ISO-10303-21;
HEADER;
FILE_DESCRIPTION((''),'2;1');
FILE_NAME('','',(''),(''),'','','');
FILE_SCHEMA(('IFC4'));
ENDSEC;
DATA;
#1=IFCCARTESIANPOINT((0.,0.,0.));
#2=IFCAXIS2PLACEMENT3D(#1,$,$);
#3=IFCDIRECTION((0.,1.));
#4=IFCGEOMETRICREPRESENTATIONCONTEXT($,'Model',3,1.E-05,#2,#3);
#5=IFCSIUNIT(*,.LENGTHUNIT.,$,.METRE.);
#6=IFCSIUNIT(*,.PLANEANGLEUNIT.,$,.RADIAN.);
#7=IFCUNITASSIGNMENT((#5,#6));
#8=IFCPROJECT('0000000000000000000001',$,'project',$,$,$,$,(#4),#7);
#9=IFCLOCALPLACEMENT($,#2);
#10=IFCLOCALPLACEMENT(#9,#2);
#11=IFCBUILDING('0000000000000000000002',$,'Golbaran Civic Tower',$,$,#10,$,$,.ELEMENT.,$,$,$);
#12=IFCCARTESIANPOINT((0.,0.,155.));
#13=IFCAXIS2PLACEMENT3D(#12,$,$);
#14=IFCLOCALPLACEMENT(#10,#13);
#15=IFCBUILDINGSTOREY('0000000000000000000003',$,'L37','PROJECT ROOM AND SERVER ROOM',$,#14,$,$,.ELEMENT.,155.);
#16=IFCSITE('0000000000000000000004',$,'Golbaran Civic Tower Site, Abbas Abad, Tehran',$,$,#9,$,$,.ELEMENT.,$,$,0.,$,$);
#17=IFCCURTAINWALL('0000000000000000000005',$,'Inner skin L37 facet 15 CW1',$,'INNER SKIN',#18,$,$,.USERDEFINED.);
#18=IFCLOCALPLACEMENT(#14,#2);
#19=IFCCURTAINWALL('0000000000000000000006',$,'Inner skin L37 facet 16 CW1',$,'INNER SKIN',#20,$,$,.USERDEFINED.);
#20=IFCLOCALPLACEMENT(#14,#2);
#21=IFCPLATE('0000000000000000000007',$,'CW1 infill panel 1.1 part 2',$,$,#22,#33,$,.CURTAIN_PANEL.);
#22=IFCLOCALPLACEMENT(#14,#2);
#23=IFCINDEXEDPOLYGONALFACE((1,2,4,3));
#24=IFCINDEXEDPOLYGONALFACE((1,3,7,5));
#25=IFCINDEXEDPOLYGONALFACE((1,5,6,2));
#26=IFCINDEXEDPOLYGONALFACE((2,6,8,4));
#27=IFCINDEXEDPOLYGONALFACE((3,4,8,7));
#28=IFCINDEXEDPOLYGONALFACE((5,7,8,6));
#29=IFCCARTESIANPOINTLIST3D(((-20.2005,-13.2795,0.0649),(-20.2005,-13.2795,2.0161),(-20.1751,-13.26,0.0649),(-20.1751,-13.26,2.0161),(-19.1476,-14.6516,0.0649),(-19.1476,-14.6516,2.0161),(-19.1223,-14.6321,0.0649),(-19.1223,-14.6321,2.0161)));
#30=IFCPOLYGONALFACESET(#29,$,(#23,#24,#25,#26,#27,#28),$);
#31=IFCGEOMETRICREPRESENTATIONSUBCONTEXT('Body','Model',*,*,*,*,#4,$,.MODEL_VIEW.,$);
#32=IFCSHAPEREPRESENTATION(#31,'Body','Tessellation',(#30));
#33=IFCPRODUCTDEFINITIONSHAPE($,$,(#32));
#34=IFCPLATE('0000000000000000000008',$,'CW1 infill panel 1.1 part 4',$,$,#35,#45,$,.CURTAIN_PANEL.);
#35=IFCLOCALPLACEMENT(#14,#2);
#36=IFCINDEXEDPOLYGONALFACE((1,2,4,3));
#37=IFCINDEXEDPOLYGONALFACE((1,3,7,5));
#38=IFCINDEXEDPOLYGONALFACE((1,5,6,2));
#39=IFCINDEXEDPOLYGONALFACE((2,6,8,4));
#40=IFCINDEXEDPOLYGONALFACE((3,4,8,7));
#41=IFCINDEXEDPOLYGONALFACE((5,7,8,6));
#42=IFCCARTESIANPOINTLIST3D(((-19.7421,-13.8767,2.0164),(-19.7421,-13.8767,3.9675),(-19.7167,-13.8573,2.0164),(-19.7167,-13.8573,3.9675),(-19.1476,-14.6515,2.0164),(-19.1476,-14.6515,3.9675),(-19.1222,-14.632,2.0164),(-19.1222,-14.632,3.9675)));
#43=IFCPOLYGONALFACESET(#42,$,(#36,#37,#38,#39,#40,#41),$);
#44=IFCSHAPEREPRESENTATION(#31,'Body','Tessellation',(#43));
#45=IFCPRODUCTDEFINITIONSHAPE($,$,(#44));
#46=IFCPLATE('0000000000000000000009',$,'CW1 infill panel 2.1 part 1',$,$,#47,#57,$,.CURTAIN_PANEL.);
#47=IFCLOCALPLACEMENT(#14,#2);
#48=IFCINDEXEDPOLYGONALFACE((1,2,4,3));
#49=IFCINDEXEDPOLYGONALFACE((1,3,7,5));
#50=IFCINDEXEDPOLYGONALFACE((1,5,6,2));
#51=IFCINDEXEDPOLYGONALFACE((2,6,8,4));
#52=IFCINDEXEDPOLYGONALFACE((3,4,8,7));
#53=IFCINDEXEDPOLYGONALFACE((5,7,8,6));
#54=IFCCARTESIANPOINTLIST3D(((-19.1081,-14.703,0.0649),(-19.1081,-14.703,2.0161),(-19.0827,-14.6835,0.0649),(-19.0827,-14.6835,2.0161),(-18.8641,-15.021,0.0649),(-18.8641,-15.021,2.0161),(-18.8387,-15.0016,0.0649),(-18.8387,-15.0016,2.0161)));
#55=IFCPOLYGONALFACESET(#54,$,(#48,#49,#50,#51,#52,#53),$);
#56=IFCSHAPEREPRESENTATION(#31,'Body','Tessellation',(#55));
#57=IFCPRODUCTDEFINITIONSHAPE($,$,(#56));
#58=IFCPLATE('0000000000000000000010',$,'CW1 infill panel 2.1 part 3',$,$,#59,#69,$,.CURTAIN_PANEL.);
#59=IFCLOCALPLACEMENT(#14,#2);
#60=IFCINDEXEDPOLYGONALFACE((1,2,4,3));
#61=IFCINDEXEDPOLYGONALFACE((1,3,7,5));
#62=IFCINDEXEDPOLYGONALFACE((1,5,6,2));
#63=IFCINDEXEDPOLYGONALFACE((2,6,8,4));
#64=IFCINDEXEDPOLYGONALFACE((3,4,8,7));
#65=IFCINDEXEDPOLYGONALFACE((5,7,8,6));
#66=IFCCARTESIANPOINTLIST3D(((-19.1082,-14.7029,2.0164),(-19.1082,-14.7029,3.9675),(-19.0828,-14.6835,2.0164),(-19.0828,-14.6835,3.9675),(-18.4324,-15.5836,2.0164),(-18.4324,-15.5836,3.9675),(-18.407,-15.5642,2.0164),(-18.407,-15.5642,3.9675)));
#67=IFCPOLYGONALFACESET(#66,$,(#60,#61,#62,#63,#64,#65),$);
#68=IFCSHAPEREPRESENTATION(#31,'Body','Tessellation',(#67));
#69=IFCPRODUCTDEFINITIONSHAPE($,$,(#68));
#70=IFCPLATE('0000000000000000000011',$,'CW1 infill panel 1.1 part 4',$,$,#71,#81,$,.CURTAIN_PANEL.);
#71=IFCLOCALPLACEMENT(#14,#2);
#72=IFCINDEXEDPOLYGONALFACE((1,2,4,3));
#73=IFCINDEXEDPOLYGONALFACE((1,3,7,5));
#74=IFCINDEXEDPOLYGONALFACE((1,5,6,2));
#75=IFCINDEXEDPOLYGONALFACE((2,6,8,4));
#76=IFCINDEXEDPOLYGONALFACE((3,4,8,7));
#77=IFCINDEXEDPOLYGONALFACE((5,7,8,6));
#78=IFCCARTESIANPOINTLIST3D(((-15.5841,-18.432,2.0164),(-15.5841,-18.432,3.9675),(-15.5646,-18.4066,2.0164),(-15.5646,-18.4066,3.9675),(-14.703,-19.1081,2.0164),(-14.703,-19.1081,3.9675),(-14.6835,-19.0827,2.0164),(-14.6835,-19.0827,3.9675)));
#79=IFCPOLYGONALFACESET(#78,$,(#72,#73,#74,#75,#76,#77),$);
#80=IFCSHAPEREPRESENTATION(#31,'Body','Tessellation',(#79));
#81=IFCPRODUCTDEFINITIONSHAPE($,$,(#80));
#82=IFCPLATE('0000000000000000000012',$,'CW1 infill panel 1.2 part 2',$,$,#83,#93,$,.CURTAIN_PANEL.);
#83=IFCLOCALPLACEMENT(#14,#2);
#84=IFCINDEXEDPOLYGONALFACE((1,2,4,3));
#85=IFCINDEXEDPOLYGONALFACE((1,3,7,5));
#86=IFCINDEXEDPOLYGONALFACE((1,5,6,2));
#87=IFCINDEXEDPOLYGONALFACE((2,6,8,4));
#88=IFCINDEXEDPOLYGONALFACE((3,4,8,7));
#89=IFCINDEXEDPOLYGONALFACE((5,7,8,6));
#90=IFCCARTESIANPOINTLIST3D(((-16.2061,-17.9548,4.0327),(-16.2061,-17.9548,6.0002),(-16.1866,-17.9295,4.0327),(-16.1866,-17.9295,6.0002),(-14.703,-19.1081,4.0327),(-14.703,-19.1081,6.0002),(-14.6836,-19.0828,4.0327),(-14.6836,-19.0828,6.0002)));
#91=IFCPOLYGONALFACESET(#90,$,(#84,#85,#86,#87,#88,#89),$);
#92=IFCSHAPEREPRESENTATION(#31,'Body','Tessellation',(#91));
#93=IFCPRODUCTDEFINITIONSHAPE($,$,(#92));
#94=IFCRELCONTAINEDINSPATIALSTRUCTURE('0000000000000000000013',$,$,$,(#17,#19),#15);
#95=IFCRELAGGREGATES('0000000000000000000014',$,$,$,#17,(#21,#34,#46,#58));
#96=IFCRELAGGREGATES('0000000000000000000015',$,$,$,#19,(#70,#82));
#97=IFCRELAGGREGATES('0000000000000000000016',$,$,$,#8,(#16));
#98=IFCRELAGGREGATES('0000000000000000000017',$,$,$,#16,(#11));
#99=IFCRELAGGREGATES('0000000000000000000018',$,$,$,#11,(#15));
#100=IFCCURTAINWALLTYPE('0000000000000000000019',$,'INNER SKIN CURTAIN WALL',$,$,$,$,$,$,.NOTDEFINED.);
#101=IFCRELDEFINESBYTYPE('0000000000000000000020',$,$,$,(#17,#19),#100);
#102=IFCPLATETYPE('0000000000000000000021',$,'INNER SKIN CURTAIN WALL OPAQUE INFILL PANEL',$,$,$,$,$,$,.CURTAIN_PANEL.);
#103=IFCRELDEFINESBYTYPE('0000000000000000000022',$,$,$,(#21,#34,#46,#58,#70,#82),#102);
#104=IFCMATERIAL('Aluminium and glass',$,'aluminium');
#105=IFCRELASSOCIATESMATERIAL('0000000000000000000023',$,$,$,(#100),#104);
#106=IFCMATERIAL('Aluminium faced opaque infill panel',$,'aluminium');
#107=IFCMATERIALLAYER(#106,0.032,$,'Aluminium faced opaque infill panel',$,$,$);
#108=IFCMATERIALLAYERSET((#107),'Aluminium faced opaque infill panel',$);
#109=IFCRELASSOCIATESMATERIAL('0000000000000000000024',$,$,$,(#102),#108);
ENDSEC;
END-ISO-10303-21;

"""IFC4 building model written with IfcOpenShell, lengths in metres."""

from ifc_helpers import new_model, si_unit, direction, frame, origin, origin_2d, place, context, subcontext, project, spatial, rectangle, extrude, material, layer, layer_set, type_object, element, aggregate, save


model = new_model("IFC4")

# Units and contexts
model_context = context("Model", 3, precision=1e-05, world=origin(), true_north=direction((0.0, 1.0)))
body_context = subcontext(model_context, "Body", "Model", "MODEL_VIEW")
ifc_project = project(units=[si_unit("LENGTHUNIT", "METRE"), si_unit("PLANEANGLEUNIT", "RADIAN")], contexts=[model_context])

# Site, building, storey
site_placement = place(None, origin())
site = spatial("IfcSite", under=ifc_project, at=site_placement, Name="Golbaran Civic Tower Site, Abbas Abad, Tehran", CompositionType="ELEMENT", RefElevation=0.0)
building_placement = place(site_placement, origin())
building = spatial("IfcBuilding", under=site, at=building_placement, Name="Golbaran Civic Tower", CompositionType="ELEMENT")
storey_placement = place(building_placement, frame((0.0, 0.0, 155.0)))
storey = spatial("IfcBuildingStorey", under=building, at=storey_placement, Name="L37", Description="PROJECT ROOM AND SERVER ROOM", CompositionType="ELEMENT", Elevation=155.0)

# Shared definitions
ifc_material_1 = material(Name="Aluminium and glass", Category="aluminium")
curtain_wall_type = type_object("IfcCurtainWallType", Name="INNER SKIN CURTAIN WALL", PredefinedType="NOTDEFINED", material=ifc_material_1)

# Curtain wall
curtain_wall_1_placement = place(storey_placement, origin())
curtain_wall_1 = element("IfcCurtainWall", 1, at=curtain_wall_1_placement, inside=storey, type_object=curtain_wall_type, Name="Inner skin L37 facet 15 CW1", ObjectType="INNER SKIN", PredefinedType="USERDEFINED")

# Curtain wall
curtain_wall_2_placement = place(storey_placement, origin())
curtain_wall_2 = element("IfcCurtainWall", 2, at=curtain_wall_2_placement, inside=storey, type_object=curtain_wall_type, Name="Inner skin L37 facet 16 CW1", ObjectType="INNER SKIN", PredefinedType="USERDEFINED")

# Plates
ifc_material_2 = material(Name="Aluminium faced opaque infill panel", Category="aluminium")
ifc_layer_1 = layer(ifc_material_2, 0.032, Name="Aluminium faced opaque infill panel")
ifc_layer_set_1 = layer_set([ifc_layer_1], Name="Aluminium faced opaque infill panel")
plate_type_1 = type_object("IfcPlateType", Name="INNER SKIN CURTAIN WALL OPAQUE INFILL PANEL", PredefinedType="CURTAIN_PANEL", material=ifc_layer_set_1)
plate_1_placement = place(storey_placement, frame((-19.6614, -13.9558, 0.0649), z_axis=(0.0, 0.0, 1.0), x_axis=(0.608761, -0.793353, 0.0)))
plate_1 = element("IfcPlate", 3, at=plate_1_placement, type_object=plate_type_1, Name="CW1 infill panel 1.1 part 2", PredefinedType="CURTAIN_PANEL", context=body_context, shape_type="SweptSolid", body=[
    extrude(rectangle(XDim=1.7295, YDim=0.032, at=origin_2d()), origin(), (0.0, 0.0, 1.0), 1.9512),
])
plate_2_placement = place(storey_placement, frame((-19.4321, -14.2544, 2.0164), z_axis=(0.0, 0.0, 1.0), x_axis=(0.608761, -0.793353, 0.0)))
plate_2 = element("IfcPlate", 4, at=plate_2_placement, type_object=plate_type_1, Name="CW1 infill panel 1.1 part 4", PredefinedType="CURTAIN_PANEL", context=body_context, shape_type="SweptSolid", body=[
    extrude(rectangle(XDim=0.9766, YDim=0.032, at=origin_2d()), origin(), (0.0, 0.0, 1.0), 1.9512),
])
plate_3_placement = place(storey_placement, frame((-18.9734, -14.8523, 0.0649), z_axis=(0.0, 0.0, 1.0), x_axis=(0.608761, -0.793353, 0.0)))
plate_3 = element("IfcPlate", 5, at=plate_3_placement, type_object=plate_type_1, Name="CW1 infill panel 2.1 part 1", PredefinedType="CURTAIN_PANEL", context=body_context, shape_type="SweptSolid", body=[
    extrude(rectangle(XDim=0.4009, YDim=0.032, at=origin_2d()), origin(), (0.0, 0.0, 1.0), 1.9512),
])
plate_4_placement = place(storey_placement, frame((-18.7576, -15.1335, 2.0164), z_axis=(0.0, 0.0, 1.0), x_axis=(0.608761, -0.793353, 0.0)))
plate_4 = element("IfcPlate", 6, at=plate_4_placement, type_object=plate_type_1, Name="CW1 infill panel 2.1 part 3", PredefinedType="CURTAIN_PANEL", context=body_context, shape_type="SweptSolid", body=[
    extrude(rectangle(XDim=1.1101, YDim=0.032, at=origin_2d()), origin(), (0.0, 0.0, 1.0), 1.9512),
])
aggregate(curtain_wall_1, [plate_1, plate_2, plate_3, plate_4])
plate_5_placement = place(storey_placement, frame((-15.1338, -18.7573, 2.0164), z_axis=(0.0, 0.0, 1.0), x_axis=(0.793353, -0.608761, 0.0)))
plate_5 = element("IfcPlate", 7, at=plate_5_placement, type_object=plate_type_1, Name="CW1 infill panel 1.1 part 4", PredefinedType="CURTAIN_PANEL", context=body_context, shape_type="SweptSolid", body=[
    extrude(rectangle(XDim=1.1106, YDim=0.032, at=origin_2d()), origin(), (0.0, 0.0, 1.0), 1.9512),
])
plate_6_placement = place(storey_placement, frame((-15.4448, -18.5188, 4.0327), z_axis=(0.0, 0.0, 1.0), x_axis=(0.793353, -0.608761, 0.0)))
plate_6 = element("IfcPlate", 8, at=plate_6_placement, type_object=plate_type_1, Name="CW1 infill panel 1.2 part 2", PredefinedType="CURTAIN_PANEL", context=body_context, shape_type="SweptSolid", body=[
    extrude(rectangle(XDim=1.8945, YDim=0.032, at=origin_2d()), origin(), (0.0, 0.0, 1.0), 1.9675),
])
aggregate(curtain_wall_2, [plate_5, plate_6])

save(model, "model.ifc")
